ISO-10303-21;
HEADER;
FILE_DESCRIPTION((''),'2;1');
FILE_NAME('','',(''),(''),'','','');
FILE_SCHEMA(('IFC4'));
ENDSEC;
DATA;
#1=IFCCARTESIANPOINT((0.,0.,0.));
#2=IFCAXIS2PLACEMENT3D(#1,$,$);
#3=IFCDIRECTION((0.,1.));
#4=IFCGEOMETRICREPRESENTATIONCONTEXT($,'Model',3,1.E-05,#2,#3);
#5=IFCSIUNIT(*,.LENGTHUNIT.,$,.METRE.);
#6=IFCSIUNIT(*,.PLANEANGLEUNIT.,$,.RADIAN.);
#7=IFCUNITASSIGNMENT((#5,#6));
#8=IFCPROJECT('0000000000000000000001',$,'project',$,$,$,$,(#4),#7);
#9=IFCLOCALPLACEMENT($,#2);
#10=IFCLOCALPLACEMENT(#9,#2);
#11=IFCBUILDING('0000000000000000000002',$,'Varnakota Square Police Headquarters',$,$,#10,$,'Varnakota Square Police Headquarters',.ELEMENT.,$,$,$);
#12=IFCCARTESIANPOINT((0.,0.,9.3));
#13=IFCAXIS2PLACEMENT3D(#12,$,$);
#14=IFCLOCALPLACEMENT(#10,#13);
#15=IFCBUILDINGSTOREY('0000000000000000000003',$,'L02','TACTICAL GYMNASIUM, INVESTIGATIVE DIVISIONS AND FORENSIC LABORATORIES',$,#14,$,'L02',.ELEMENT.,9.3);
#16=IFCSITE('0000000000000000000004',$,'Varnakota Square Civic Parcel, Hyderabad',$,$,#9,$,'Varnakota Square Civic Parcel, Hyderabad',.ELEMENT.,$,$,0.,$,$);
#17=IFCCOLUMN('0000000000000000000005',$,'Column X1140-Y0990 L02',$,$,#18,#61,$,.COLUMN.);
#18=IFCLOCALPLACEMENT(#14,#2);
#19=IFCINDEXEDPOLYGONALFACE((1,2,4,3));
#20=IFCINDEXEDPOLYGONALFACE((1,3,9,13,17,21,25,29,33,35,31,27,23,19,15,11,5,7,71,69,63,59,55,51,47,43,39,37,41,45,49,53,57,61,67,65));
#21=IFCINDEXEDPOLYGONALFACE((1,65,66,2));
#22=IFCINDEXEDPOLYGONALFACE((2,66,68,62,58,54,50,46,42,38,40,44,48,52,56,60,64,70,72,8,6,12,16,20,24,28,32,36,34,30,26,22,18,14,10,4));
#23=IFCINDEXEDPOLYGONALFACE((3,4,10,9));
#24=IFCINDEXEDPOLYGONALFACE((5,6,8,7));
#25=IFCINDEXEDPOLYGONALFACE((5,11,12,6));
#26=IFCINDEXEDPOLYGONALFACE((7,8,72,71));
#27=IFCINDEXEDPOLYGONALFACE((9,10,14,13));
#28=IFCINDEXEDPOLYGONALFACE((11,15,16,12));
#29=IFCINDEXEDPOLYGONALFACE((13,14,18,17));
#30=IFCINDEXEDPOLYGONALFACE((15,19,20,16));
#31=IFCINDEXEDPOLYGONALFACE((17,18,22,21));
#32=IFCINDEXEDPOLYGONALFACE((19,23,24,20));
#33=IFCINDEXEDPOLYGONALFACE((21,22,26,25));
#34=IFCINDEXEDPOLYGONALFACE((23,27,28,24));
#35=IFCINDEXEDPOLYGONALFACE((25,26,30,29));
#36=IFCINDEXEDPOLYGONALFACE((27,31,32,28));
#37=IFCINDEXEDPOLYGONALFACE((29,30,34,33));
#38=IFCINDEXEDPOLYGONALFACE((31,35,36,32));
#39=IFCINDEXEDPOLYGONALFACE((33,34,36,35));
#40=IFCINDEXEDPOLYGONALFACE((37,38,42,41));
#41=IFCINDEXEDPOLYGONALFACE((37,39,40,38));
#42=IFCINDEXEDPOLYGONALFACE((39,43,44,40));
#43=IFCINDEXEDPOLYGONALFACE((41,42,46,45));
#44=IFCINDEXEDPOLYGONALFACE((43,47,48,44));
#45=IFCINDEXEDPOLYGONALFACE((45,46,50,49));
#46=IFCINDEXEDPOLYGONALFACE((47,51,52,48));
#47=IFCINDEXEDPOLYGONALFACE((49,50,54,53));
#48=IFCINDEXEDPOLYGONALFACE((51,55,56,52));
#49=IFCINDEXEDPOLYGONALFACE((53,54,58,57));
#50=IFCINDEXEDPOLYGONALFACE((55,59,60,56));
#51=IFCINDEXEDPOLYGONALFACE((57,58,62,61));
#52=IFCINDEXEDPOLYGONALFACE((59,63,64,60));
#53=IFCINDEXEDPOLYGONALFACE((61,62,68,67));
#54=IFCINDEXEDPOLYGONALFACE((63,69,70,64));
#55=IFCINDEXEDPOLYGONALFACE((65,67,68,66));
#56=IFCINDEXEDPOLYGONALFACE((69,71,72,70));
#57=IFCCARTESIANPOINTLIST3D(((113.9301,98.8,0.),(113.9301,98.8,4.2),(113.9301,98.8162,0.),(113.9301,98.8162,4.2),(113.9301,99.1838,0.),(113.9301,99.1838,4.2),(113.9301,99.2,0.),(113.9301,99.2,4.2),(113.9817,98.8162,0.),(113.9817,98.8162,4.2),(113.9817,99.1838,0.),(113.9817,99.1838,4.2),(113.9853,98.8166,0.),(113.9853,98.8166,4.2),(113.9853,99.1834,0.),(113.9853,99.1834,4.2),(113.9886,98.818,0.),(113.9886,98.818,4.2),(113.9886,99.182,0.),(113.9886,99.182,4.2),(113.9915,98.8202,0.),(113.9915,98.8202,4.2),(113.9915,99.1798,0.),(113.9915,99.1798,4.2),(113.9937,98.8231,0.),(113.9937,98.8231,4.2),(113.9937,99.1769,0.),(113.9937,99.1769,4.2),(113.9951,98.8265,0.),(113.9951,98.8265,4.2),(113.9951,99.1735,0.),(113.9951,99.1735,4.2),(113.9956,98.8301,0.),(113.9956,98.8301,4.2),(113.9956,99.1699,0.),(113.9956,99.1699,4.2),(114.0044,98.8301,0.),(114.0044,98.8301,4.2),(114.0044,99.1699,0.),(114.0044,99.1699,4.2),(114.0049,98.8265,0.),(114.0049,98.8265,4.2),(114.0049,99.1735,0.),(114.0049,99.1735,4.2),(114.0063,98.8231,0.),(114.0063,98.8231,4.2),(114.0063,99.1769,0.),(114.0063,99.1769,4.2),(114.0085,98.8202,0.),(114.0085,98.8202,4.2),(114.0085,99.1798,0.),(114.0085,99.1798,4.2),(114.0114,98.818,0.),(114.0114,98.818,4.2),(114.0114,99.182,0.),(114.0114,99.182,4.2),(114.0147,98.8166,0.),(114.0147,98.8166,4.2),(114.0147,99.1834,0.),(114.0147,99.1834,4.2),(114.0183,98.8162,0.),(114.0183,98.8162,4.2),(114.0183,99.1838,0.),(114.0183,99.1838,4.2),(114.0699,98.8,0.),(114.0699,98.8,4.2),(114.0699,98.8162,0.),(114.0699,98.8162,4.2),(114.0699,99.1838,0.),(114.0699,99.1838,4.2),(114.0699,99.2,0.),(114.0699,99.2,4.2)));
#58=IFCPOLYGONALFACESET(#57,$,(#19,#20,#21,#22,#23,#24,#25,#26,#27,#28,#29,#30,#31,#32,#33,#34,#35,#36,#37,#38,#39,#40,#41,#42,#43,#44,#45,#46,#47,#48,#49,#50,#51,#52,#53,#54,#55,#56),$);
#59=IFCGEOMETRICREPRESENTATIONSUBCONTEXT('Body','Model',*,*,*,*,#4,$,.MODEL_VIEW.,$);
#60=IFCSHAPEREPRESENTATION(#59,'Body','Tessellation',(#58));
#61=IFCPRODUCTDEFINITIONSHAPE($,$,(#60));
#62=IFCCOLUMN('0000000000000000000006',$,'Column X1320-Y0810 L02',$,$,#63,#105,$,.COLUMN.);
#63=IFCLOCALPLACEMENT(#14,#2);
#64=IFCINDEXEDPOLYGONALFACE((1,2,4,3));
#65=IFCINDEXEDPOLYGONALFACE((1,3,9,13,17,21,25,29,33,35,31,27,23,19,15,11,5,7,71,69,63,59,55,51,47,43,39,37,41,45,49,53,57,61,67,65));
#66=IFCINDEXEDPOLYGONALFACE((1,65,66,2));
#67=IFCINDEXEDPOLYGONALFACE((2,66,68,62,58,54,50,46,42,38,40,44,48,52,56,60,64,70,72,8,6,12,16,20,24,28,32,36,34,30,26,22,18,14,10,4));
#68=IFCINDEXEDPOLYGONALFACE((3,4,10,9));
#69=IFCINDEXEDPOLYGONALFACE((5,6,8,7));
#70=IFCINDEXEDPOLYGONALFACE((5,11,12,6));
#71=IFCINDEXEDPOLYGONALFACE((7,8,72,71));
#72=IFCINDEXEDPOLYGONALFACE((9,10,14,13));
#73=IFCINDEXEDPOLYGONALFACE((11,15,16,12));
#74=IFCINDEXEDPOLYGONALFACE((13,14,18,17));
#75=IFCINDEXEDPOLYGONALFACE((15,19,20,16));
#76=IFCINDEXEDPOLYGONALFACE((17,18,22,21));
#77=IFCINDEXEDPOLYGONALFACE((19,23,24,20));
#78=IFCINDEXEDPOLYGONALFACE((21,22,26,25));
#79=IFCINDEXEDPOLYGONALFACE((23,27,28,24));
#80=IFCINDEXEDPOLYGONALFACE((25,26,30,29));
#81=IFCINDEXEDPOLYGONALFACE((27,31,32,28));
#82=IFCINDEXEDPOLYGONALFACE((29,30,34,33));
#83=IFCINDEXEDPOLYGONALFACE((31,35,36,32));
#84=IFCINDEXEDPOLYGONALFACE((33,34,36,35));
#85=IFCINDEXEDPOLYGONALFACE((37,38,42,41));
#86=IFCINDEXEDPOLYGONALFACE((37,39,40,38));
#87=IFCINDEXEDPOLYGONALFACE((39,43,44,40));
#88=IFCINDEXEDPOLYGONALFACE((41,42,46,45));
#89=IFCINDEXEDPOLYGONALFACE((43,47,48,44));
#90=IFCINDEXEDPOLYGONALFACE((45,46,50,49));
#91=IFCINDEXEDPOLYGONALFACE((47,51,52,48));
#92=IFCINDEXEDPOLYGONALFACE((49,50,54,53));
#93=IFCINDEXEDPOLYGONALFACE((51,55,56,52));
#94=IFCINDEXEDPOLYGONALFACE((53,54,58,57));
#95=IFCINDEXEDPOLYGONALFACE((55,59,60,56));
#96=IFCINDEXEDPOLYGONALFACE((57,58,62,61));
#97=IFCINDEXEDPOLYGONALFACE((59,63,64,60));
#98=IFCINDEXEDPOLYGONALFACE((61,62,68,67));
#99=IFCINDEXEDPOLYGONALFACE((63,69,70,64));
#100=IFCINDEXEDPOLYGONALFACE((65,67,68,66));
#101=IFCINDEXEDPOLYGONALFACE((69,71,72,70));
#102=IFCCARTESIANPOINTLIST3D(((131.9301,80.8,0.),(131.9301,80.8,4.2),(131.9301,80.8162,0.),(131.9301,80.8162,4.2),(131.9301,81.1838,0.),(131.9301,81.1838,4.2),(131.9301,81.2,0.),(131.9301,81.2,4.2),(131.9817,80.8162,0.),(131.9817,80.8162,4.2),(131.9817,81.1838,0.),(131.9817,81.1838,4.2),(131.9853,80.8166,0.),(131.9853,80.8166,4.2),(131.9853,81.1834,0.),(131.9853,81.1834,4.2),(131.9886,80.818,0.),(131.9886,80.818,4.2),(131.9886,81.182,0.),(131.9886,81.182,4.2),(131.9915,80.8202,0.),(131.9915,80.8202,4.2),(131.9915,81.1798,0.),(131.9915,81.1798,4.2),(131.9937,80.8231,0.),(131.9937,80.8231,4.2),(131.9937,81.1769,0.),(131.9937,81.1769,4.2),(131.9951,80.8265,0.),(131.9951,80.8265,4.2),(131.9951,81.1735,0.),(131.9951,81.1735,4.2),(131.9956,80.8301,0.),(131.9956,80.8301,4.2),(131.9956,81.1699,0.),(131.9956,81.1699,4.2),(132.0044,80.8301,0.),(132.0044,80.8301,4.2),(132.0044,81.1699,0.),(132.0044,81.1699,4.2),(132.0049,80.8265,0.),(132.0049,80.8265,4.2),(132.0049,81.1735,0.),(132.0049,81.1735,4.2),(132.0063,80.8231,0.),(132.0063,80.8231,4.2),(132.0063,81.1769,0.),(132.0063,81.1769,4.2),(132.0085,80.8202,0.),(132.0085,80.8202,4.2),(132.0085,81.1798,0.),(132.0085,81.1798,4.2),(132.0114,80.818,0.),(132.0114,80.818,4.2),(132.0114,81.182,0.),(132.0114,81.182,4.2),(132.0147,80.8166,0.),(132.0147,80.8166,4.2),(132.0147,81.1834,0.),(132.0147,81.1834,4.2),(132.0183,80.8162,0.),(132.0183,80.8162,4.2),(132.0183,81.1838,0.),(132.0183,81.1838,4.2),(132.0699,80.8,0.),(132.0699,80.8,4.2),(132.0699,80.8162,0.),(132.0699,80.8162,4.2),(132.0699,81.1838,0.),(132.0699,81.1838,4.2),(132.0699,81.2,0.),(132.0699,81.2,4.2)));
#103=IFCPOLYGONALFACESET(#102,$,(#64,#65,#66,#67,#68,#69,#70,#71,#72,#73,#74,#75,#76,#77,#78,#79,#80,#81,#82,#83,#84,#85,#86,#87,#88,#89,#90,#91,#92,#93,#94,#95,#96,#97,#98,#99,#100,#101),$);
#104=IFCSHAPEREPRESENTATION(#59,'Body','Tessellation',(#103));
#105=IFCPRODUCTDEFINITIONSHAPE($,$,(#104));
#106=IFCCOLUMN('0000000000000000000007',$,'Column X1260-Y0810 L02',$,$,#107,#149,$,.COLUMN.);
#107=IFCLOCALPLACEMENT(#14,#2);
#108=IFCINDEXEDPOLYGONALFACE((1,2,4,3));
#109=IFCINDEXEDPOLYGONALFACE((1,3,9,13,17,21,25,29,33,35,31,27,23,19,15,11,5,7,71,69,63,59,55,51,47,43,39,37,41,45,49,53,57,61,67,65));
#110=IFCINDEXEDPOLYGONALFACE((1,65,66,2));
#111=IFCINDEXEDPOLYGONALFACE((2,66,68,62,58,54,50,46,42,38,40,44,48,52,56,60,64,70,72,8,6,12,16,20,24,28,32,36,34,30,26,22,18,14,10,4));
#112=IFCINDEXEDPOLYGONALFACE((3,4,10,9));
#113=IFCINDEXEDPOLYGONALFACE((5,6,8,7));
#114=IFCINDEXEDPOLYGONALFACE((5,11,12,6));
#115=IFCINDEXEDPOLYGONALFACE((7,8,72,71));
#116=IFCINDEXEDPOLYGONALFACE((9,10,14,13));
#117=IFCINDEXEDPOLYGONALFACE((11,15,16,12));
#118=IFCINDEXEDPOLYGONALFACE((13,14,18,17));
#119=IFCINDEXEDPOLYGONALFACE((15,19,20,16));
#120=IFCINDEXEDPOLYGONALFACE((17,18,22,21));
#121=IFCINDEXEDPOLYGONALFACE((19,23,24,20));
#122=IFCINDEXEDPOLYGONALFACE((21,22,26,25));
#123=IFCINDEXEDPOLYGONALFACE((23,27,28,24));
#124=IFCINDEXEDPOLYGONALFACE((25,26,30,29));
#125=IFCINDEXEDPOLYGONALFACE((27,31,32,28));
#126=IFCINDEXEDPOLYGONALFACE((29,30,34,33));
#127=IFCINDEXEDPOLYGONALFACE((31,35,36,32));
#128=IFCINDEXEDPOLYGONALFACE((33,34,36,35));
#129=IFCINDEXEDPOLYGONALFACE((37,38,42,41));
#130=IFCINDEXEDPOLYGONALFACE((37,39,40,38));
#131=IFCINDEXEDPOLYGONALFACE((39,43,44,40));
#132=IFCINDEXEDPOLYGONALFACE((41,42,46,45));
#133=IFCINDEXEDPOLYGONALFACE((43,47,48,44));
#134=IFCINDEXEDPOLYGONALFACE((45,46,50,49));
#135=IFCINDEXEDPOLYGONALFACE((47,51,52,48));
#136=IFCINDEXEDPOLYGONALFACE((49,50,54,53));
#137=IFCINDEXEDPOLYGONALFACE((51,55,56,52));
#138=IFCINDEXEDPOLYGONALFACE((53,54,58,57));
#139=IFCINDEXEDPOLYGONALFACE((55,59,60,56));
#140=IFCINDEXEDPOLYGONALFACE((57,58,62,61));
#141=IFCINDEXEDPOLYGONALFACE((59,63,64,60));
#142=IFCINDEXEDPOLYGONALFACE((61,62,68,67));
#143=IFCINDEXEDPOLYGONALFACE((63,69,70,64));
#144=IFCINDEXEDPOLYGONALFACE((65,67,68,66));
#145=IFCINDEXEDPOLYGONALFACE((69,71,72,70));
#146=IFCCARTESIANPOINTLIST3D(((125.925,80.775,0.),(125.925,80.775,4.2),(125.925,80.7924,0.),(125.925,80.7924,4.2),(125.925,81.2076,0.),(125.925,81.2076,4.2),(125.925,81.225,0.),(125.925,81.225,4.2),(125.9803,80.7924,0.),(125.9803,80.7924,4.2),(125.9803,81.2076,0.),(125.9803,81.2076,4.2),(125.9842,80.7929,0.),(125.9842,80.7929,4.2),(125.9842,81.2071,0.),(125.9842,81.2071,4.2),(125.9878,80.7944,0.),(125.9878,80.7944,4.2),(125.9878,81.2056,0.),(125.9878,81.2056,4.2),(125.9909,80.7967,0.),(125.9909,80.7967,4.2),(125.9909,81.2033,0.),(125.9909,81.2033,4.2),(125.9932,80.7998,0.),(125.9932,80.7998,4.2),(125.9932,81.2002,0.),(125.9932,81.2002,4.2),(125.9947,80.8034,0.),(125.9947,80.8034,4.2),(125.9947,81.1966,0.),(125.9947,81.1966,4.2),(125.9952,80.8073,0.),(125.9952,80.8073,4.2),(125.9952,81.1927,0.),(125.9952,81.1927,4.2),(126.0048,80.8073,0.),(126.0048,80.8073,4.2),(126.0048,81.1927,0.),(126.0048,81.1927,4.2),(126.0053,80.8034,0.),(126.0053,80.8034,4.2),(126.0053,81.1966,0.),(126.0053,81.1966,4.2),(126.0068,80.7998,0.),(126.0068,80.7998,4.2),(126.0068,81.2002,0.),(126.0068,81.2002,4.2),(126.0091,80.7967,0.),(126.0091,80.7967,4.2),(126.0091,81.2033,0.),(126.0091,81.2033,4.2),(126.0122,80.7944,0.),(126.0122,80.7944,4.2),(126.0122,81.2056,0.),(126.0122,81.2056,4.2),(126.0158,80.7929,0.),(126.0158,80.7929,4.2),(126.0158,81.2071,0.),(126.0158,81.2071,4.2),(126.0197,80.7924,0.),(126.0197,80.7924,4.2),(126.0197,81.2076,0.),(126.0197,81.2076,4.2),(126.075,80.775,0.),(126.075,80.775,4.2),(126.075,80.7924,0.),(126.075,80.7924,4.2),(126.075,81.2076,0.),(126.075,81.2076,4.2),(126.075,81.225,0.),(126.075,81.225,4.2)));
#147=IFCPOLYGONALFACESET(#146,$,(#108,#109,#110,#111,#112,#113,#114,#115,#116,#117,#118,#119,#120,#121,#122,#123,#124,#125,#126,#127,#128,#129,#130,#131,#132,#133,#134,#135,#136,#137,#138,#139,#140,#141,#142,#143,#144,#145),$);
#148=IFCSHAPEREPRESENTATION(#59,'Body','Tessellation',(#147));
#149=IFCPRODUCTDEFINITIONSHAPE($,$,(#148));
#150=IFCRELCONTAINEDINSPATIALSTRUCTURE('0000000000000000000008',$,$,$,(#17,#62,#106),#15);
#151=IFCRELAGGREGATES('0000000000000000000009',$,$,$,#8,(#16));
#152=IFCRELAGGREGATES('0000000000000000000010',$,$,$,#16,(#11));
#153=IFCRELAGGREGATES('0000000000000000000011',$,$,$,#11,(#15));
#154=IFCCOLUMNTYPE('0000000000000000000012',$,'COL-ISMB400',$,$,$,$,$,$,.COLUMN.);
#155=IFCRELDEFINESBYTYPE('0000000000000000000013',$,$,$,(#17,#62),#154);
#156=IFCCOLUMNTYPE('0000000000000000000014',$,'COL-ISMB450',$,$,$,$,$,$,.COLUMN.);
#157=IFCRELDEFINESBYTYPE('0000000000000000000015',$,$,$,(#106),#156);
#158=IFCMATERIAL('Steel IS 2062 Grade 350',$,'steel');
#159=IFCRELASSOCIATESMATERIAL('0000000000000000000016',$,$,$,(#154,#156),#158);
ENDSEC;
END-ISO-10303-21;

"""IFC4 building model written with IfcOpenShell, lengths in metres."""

from ifc_helpers import new_model, si_unit, direction, frame, origin, origin_2d, place, context, subcontext, project, spatial, i_section, extrude, material, material_profile, profile_set, type_object, element, save


model = new_model("IFC4")

# Units and contexts
model_context = context("Model", 3, precision=1e-05, world=origin(), true_north=direction((0.0, 1.0)))
body_context = subcontext(model_context, "Body", "Model", "MODEL_VIEW")
ifc_project = project(units=[si_unit("LENGTHUNIT", "METRE"), si_unit("PLANEANGLEUNIT", "RADIAN")], contexts=[model_context])

# Site, building, storey
site_placement = place(None, origin())
site = spatial("IfcSite", under=ifc_project, at=site_placement, Name="Varnakota Square Civic Parcel, Hyderabad", LongName="Varnakota Square Civic Parcel, Hyderabad", CompositionType="ELEMENT", RefElevation=0.0)
building_placement = place(site_placement, origin())
building = spatial("IfcBuilding", under=site, at=building_placement, Name="Varnakota Square Police Headquarters", LongName="Varnakota Square Police Headquarters", CompositionType="ELEMENT")
storey_placement = place(building_placement, frame((0.0, 0.0, 9.3)))
storey = spatial("IfcBuildingStorey", under=building, at=storey_placement, Name="L02", Description="TACTICAL GYMNASIUM, INVESTIGATIVE DIVISIONS AND FORENSIC LABORATORIES", LongName="L02", CompositionType="ELEMENT", Elevation=9.3)

# Columns
ifc_material_1 = material(Name="Steel IS 2062 Grade 350", Category="steel")
ifc_material_profile_1 = material_profile(ifc_material_1, i_section(OverallWidth=0.1399, OverallDepth=0.3999, WebThickness=0.0088, FlangeThickness=0.0161, FilletRadius=0.0139, at=origin_2d()), Name="ISMB 400")
ifc_profile_set_1 = profile_set([ifc_material_profile_1], Name="Steel IS 2062 Grade 350")
column_type_1 = type_object("IfcColumnType", Name="COL-ISMB400", PredefinedType="COLUMN", material=ifc_profile_set_1)
for number, where, z_axis, x_axis, name in (
    (1, (114.0, 99.0, 0.0), (0.0, 0.0, 1.0), (1.0, 0.0, 0.0), "Column X1140-Y0990 L02"),
    (2, (132.0, 81.0, 0.0), (0.0, 0.0, 1.0), (1.0, 0.0, 0.0), "Column X1320-Y0810 L02"),
):
    element("IfcColumn", number, at=place(storey_placement, frame(where, z_axis=z_axis, x_axis=x_axis)), inside=storey, type_object=column_type_1, Name=name, PredefinedType="COLUMN", context=body_context, shape_type="SweptSolid", body=[
        extrude(i_section(OverallWidth=0.1399, OverallDepth=0.3999, WebThickness=0.0088, FlangeThickness=0.0161, FilletRadius=0.0139, at=origin_2d()), origin(), (0.0, 0.0, 1.0), 4.2),
    ])
ifc_material_profile_2 = material_profile(ifc_material_1, i_section(OverallWidth=0.1499, OverallDepth=0.45, WebThickness=0.0095, FlangeThickness=0.0173, FilletRadius=0.0149, at=origin_2d()), Name="ISMB 450")
ifc_profile_set_2 = profile_set([ifc_material_profile_2], Name="Steel IS 2062 Grade 350")
column_type_2 = type_object("IfcColumnType", Name="COL-ISMB450", PredefinedType="COLUMN", material=ifc_profile_set_2)
column_placement = place(storey_placement, frame((126.0, 81.0, 0.0), z_axis=(0.0, 0.0, 1.0), x_axis=(1.0, 0.0, 0.0)))
element("IfcColumn", 3, at=column_placement, inside=storey, type_object=column_type_2, Name="Column X1260-Y0810 L02", PredefinedType="COLUMN", context=body_context, shape_type="SweptSolid", body=[
    extrude(i_section(OverallWidth=0.1499, OverallDepth=0.45, WebThickness=0.0095, FlangeThickness=0.0173, FilletRadius=0.0149, at=origin_2d()), origin(), (0.0, 0.0, 1.0), 4.2),
])

save(model, "model.ifc")
